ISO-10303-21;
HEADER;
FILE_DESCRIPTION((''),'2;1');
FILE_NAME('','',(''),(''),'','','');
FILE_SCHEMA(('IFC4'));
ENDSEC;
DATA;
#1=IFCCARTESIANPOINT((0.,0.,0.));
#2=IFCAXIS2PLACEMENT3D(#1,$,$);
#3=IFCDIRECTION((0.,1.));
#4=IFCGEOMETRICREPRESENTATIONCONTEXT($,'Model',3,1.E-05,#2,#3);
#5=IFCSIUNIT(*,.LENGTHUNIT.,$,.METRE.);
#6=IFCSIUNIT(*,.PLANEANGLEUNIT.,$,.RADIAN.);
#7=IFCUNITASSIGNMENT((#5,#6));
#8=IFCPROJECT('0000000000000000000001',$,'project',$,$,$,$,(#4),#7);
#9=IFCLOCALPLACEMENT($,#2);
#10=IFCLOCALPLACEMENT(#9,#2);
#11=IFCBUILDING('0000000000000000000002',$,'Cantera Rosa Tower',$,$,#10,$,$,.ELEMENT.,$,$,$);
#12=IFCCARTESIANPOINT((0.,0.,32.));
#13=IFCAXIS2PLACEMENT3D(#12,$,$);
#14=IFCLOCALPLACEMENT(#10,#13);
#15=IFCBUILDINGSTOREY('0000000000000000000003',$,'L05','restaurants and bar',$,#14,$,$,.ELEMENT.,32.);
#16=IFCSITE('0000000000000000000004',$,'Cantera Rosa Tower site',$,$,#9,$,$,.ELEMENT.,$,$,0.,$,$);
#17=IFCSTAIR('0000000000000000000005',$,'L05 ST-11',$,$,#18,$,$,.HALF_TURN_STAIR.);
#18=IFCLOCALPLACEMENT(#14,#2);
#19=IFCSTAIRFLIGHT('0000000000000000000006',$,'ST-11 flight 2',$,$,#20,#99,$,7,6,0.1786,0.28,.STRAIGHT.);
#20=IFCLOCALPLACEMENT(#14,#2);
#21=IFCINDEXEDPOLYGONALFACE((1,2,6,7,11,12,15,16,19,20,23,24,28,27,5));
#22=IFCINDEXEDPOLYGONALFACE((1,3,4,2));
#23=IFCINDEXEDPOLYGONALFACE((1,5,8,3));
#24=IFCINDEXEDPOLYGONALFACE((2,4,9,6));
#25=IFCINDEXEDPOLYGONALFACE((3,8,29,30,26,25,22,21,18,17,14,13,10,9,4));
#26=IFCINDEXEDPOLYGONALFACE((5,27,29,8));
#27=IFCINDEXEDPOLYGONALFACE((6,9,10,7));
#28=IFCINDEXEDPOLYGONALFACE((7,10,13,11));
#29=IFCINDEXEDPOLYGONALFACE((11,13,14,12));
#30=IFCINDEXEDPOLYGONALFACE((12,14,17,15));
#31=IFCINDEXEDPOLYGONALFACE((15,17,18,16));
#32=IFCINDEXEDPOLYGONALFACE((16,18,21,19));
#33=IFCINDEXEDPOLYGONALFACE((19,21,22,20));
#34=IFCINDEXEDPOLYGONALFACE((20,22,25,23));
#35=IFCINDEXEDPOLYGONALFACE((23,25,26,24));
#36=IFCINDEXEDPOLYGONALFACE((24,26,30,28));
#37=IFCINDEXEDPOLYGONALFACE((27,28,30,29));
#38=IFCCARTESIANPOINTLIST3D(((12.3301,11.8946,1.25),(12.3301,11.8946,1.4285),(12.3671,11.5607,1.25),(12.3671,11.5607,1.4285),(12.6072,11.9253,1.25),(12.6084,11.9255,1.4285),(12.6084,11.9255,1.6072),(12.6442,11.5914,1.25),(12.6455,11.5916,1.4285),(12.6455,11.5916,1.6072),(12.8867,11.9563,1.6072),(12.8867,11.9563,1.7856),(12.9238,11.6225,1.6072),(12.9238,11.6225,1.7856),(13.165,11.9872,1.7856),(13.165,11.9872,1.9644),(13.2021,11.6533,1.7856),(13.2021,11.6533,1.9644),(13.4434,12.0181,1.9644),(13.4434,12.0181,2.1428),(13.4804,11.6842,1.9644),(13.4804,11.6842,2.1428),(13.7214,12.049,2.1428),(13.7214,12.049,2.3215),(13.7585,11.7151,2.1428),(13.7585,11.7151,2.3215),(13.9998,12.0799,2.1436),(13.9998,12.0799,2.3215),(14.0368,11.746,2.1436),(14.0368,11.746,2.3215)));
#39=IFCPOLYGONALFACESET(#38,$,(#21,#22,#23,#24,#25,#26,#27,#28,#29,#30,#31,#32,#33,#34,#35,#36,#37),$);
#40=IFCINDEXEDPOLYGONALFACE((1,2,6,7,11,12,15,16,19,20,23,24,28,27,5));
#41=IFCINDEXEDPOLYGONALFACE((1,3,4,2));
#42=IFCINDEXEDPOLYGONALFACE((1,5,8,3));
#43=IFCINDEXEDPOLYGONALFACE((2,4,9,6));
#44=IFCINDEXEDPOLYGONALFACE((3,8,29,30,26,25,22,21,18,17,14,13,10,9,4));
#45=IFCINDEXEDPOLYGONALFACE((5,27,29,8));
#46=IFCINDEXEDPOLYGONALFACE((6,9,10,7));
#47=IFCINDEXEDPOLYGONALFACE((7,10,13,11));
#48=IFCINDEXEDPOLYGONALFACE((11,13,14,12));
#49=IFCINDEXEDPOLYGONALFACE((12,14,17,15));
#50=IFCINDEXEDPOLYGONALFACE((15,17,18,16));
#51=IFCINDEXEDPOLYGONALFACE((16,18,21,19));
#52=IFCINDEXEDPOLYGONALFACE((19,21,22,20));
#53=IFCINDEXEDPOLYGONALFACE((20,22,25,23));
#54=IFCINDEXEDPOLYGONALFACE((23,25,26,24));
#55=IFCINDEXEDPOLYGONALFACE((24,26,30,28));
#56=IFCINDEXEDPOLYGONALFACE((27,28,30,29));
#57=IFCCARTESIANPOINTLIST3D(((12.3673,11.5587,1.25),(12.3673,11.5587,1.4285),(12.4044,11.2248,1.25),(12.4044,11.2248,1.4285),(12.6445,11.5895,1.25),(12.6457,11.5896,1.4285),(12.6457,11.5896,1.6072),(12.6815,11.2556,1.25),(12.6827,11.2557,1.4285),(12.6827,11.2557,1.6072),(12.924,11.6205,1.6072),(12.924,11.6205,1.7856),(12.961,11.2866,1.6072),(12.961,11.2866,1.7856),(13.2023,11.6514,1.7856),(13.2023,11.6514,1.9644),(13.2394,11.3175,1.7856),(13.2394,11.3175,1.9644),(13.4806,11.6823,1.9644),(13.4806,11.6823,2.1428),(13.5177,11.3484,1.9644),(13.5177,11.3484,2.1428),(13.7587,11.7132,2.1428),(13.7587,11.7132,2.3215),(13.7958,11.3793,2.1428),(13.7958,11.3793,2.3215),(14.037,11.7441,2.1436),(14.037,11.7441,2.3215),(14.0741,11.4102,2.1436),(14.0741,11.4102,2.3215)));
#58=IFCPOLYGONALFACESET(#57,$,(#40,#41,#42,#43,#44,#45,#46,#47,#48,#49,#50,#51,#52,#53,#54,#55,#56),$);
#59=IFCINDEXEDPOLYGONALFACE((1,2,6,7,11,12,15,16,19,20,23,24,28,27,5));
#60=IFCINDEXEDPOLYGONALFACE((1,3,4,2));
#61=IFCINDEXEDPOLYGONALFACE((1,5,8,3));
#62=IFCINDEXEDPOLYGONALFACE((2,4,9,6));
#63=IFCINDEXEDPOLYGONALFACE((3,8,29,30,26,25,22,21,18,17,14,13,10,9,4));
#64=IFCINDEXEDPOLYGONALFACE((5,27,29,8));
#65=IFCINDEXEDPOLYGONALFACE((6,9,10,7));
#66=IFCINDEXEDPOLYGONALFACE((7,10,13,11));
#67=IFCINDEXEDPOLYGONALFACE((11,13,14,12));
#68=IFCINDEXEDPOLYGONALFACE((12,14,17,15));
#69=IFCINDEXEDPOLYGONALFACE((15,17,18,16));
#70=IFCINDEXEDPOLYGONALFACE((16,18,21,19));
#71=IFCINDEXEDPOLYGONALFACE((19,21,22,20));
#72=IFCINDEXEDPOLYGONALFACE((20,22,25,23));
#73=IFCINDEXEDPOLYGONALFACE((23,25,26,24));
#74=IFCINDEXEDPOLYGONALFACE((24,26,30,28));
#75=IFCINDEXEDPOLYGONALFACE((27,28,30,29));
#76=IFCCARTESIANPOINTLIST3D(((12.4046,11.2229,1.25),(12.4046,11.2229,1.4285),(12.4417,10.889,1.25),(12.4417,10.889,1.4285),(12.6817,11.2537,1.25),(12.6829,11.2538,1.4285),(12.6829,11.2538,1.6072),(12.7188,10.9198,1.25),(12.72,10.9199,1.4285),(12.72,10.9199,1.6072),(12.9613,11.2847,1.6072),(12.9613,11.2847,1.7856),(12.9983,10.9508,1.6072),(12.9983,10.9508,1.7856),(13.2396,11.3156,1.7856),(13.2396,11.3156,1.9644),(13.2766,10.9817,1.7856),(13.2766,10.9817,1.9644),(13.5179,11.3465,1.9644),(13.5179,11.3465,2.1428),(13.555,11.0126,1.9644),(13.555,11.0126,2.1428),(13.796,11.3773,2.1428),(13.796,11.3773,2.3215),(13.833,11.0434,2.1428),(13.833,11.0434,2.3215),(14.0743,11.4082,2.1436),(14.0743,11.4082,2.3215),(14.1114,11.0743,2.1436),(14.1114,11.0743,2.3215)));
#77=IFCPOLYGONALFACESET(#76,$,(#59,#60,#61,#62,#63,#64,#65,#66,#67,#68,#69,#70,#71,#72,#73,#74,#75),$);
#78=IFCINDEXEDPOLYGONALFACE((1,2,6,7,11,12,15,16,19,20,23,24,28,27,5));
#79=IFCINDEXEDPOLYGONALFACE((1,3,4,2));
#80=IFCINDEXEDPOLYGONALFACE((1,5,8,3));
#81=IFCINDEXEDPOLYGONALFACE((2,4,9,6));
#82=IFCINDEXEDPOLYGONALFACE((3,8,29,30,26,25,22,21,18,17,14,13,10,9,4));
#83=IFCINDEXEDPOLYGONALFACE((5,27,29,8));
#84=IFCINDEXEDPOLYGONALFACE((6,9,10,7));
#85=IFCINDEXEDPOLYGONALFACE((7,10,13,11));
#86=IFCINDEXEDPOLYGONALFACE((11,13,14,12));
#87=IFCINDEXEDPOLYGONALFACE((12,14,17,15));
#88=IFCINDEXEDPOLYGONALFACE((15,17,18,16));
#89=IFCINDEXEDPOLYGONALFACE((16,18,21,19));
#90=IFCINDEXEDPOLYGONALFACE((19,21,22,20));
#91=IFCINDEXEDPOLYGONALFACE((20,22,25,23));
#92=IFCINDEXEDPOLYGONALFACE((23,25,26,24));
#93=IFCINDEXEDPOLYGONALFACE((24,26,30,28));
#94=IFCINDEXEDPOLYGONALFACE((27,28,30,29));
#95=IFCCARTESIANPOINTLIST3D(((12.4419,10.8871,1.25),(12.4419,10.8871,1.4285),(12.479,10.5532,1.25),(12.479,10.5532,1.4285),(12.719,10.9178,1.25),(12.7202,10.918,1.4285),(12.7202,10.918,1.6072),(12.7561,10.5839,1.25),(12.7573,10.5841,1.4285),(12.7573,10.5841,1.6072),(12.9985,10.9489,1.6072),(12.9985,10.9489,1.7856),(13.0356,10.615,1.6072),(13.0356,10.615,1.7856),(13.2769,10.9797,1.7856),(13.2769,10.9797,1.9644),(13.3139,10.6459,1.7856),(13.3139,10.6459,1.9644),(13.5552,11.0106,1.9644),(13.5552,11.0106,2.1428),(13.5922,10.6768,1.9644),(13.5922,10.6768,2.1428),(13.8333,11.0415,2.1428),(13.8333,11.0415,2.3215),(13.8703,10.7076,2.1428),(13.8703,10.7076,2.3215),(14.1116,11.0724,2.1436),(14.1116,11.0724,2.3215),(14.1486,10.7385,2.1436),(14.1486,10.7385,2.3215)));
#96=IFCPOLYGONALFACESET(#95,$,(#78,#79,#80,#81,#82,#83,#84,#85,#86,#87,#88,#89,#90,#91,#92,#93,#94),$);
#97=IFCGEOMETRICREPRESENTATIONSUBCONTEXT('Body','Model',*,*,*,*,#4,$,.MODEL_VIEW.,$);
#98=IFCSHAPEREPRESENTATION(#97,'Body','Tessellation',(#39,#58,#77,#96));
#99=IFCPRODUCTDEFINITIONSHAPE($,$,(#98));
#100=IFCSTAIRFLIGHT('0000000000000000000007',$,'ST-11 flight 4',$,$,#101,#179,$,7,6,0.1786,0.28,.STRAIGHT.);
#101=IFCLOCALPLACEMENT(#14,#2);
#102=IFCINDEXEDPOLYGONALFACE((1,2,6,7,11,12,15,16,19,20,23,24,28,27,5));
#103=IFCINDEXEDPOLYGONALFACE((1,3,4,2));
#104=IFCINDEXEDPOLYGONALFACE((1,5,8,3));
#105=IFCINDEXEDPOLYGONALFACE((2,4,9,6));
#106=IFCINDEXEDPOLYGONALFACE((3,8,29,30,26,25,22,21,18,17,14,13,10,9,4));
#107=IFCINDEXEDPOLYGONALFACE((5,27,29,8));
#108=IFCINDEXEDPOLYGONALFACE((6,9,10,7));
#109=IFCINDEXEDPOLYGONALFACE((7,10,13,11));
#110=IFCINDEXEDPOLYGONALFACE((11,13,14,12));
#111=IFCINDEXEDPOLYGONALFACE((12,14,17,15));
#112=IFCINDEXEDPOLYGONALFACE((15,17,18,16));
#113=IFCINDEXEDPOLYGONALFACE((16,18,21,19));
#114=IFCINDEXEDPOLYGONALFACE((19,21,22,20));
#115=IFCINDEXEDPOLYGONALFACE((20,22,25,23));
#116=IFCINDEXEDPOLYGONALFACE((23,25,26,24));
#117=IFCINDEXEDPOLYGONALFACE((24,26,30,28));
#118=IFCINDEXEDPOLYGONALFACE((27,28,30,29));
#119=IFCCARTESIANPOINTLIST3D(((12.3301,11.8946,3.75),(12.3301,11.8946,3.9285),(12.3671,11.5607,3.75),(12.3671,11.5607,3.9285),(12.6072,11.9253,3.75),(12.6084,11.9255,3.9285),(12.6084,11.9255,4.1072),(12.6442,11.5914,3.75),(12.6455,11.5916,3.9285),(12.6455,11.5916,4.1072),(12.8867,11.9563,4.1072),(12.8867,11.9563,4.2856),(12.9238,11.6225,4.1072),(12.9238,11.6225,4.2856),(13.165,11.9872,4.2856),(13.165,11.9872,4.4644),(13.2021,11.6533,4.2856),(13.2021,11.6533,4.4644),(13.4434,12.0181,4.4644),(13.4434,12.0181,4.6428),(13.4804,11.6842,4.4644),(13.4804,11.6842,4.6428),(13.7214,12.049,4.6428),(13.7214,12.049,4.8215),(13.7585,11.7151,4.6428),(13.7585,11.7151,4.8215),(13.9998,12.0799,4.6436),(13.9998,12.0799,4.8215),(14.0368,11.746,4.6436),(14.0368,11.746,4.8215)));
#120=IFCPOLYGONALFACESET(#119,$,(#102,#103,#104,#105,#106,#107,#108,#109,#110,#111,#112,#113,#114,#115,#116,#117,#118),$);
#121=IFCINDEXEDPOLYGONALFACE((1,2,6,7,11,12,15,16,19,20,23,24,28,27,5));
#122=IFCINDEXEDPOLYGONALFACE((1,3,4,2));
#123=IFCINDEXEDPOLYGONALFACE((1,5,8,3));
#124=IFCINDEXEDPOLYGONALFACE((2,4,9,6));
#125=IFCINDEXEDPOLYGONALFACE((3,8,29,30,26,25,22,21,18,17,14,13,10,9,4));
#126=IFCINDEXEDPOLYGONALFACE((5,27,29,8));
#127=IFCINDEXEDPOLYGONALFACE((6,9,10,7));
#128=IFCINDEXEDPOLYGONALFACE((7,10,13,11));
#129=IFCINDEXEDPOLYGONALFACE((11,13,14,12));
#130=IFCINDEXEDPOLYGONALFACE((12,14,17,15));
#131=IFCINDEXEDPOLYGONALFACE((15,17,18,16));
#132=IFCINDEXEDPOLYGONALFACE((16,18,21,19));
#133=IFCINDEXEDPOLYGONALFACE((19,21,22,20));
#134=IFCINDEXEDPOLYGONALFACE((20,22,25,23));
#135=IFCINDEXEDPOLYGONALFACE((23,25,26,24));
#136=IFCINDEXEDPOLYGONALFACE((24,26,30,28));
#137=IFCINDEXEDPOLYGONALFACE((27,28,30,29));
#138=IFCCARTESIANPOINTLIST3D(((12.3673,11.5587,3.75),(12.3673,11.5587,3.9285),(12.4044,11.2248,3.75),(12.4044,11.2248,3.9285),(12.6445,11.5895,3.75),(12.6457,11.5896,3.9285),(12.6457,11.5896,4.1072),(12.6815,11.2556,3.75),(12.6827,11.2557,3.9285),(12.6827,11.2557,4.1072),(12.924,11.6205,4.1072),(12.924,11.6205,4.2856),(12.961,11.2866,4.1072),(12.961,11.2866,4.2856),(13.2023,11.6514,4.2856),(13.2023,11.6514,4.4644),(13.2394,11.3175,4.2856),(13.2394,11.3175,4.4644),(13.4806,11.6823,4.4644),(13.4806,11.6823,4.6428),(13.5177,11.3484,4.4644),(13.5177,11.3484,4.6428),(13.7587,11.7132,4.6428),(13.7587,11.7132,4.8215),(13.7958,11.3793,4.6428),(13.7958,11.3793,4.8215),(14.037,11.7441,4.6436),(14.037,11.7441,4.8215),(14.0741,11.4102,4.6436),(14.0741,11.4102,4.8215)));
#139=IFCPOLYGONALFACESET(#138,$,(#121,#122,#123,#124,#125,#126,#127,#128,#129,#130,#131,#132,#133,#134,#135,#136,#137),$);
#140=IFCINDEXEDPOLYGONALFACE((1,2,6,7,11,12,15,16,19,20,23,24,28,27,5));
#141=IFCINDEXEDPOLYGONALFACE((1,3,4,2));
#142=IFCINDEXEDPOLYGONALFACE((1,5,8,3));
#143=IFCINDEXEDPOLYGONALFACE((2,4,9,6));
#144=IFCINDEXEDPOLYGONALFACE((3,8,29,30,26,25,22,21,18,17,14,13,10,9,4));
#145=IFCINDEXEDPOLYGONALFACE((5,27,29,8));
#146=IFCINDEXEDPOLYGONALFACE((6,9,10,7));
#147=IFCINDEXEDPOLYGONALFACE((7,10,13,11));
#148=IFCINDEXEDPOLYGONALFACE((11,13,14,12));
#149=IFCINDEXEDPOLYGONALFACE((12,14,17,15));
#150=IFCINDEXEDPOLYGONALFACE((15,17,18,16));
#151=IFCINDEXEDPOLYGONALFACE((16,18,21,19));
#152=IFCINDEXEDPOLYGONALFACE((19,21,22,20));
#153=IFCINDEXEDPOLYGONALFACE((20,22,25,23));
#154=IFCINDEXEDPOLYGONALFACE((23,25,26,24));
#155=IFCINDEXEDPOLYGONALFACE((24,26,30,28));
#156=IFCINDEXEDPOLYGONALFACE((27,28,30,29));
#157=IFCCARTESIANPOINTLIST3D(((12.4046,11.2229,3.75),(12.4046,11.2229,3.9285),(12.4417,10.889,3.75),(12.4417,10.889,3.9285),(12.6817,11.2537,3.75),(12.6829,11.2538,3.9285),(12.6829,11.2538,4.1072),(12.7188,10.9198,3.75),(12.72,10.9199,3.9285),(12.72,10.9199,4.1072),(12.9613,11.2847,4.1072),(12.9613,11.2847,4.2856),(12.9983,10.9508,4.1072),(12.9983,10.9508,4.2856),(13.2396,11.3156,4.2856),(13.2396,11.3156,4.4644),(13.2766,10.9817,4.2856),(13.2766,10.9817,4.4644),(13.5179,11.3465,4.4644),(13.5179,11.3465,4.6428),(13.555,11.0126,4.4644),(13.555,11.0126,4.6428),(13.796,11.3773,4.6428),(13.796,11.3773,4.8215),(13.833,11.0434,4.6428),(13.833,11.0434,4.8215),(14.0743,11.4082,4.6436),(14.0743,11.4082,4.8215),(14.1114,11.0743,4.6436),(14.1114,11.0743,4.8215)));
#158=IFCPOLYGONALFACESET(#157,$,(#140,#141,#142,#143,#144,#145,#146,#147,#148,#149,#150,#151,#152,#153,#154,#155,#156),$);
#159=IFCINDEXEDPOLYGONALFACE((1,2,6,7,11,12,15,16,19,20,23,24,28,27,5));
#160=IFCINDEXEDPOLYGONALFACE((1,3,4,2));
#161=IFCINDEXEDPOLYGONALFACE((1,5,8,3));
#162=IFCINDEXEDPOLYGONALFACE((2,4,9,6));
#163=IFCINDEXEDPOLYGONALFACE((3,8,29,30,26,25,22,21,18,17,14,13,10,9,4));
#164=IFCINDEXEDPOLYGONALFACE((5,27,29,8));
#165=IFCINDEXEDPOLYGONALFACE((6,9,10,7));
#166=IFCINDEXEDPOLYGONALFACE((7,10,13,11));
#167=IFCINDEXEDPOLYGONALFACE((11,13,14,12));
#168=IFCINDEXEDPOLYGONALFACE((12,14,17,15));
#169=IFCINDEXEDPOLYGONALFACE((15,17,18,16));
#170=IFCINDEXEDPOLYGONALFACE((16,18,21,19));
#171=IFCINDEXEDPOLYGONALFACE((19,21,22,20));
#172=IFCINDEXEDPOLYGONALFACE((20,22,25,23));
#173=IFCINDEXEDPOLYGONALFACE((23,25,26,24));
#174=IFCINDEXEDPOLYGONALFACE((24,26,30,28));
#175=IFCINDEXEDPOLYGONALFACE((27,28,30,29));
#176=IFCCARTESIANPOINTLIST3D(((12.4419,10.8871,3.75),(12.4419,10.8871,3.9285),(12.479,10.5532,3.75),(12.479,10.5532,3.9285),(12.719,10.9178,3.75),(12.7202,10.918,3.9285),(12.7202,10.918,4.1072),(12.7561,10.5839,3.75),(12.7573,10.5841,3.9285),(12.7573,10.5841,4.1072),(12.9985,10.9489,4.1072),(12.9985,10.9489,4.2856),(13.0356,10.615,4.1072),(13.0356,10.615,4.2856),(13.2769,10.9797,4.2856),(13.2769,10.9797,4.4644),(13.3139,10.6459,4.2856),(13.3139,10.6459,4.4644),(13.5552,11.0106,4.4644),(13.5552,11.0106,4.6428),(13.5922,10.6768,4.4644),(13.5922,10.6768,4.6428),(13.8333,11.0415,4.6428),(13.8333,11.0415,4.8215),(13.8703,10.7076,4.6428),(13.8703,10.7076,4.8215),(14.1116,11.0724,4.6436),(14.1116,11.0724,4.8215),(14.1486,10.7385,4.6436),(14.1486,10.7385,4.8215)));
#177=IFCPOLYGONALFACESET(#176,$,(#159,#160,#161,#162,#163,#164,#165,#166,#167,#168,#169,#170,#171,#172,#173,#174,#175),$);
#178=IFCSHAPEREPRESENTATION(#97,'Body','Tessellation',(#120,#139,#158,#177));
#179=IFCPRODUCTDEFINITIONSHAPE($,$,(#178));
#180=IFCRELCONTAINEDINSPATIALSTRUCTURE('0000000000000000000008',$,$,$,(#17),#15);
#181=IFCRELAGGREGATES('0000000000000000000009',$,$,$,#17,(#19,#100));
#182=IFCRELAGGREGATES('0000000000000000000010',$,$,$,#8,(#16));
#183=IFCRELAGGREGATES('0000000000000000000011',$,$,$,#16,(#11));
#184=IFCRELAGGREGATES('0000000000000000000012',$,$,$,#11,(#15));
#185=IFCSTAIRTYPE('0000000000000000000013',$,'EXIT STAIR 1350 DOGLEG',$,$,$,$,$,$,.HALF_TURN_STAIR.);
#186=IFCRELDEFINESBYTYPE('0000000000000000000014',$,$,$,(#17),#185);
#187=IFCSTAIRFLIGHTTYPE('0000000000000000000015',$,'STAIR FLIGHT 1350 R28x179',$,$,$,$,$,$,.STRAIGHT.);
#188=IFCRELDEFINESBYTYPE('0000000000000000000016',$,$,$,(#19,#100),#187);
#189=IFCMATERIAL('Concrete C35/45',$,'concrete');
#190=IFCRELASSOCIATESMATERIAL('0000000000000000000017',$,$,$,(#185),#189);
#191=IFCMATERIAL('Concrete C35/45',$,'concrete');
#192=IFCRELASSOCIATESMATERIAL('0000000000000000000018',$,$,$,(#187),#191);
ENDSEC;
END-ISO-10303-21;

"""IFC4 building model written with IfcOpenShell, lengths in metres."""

from ifc_helpers import new_model, si_unit, direction, frame, origin, place, context, subcontext, project, spatial, polyline, outline, extrude, material, type_object, element, aggregate, save


model = new_model("IFC4")

# Units and contexts
model_context = context("Model", 3, precision=1e-05, world=origin(), true_north=direction((0.0, 1.0)))
body_context = subcontext(model_context, "Body", "Model", "MODEL_VIEW")
ifc_project = project(units=[si_unit("LENGTHUNIT", "METRE"), si_unit("PLANEANGLEUNIT", "RADIAN")], contexts=[model_context])

# Site, building, storey
site_placement = place(None, origin())
site = spatial("IfcSite", under=ifc_project, at=site_placement, Name="Cantera Rosa Tower site", CompositionType="ELEMENT", RefElevation=0.0)
building_placement = place(site_placement, origin())
building = spatial("IfcBuilding", under=site, at=building_placement, Name="Cantera Rosa Tower", CompositionType="ELEMENT")
storey_placement = place(building_placement, frame((0.0, 0.0, 32.0)))
storey = spatial("IfcBuildingStorey", under=building, at=storey_placement, Name="L05", Description="restaurants and bar", CompositionType="ELEMENT", Elevation=32.0)

# Stair, stair flights
ifc_material_1 = material(Name="Concrete C35/45", Category="concrete")
stair_type = type_object("IfcStairType", Name="EXIT STAIR 1350 DOGLEG", PredefinedType="HALF_TURN_STAIR", material=ifc_material_1)
stair_placement = place(storey_placement, origin())
stair = element("IfcStair", 1, at=stair_placement, inside=storey, type_object=stair_type, Name="L05 ST-11", PredefinedType="HALF_TURN_STAIR")
ifc_material_2 = material(Name="Concrete C35/45", Category="concrete")
stair_flight_type = type_object("IfcStairFlightType", Name="STAIR FLIGHT 1350 R28x179", PredefinedType="STRAIGHT", material=ifc_material_2)
stair_flight_1_placement = place(storey_placement, frame((12.4045, 11.2236, 1.25), z_axis=(0.0, 0.0, 1.0), x_axis=(0.993897, 0.110313, 0.0)))
stair_flight_1 = element("IfcStairFlight", 2, at=stair_flight_1_placement, type_object=stair_flight_type, Name="ST-11 flight 2", NumberOfRisers=7, NumberOfTreads=6, PredefinedType="STRAIGHT", RiserHeight=0.1786, TreadLength=0.28, context=body_context, shape_type="SweptSolid", body=[
    extrude(outline(polyline([(0.0, 0.0), (0.0, 0.1785), (0.28, 0.1785), (0.28, 0.3572), (0.5601, 0.3572), (0.5601, 0.5356), (0.8401, 0.5356), (0.8401, 0.7144), (1.1201, 0.7144), (1.1201, 0.8928), (1.3999, 0.8928), (1.3999, 1.0715), (1.6799, 1.0715), (1.6799, 1.25), (1.6799, 0.8936), (0.2788, 0.0), (0.0, 0.0)])), frame((0.0, 0.675, 0.0), z_axis=(0.0, -1.0, 0.0), x_axis=(1.0, 0.0, 0.0)), (0.0, 0.0, 1.0), 0.3359),
    extrude(outline(polyline([(0.0, 0.0), (0.0, 0.1785), (0.28, 0.1785), (0.28, 0.3572), (0.5601, 0.3572), (0.5601, 0.5356), (0.8401, 0.5356), (0.8401, 0.7144), (1.1201, 0.7144), (1.1201, 0.8928), (1.3999, 0.8928), (1.3999, 1.0715), (1.6799, 1.0715), (1.6799, 1.25), (1.6799, 0.8936), (0.2788, 0.0), (0.0, 0.0)])), frame((0.0, 0.3372, 0.0), z_axis=(0.0, -1.0, 0.0), x_axis=(1.0, 0.0, 0.0)), (0.0, 0.0, 1.0), 0.3359),
    extrude(outline(polyline([(0.0, 0.0), (0.0, 0.1785), (0.28, 0.1785), (0.28, 0.3572), (0.5601, 0.3572), (0.5601, 0.5356), (0.8401, 0.5356), (0.8401, 0.7144), (1.1201, 0.7144), (1.1201, 0.8928), (1.3999, 0.8928), (1.3999, 1.0715), (1.6799, 1.0715), (1.6799, 1.25), (1.6799, 0.8936), (0.2788, 0.0), (0.0, 0.0)])), frame((0.0, -0.0007, 0.0), z_axis=(0.0, -1.0, 0.0), x_axis=(1.0, 0.0, 0.0)), (0.0, 0.0, 1.0), 0.3359),
    extrude(outline(polyline([(0.0, 0.0), (0.0, 0.1785), (0.28, 0.1785), (0.28, 0.3572), (0.5601, 0.3572), (0.5601, 0.5356), (0.8401, 0.5356), (0.8401, 0.7144), (1.1201, 0.7144), (1.1201, 0.8928), (1.3999, 0.8928), (1.3999, 1.0715), (1.6799, 1.0715), (1.6799, 1.25), (1.6799, 0.8936), (0.2788, 0.0), (0.0, 0.0)])), frame((0.0, -0.3386, 0.0), z_axis=(0.0, -1.0, 0.0), x_axis=(1.0, 0.0, 0.0)), (0.0, 0.0, 1.0), 0.3359),
])
stair_flight_2_placement = place(storey_placement, frame((12.4045, 11.2236, 3.75), z_axis=(0.0, 0.0, 1.0), x_axis=(0.993897, 0.110313, 0.0)))
stair_flight_2 = element("IfcStairFlight", 3, at=stair_flight_2_placement, type_object=stair_flight_type, Name="ST-11 flight 4", NumberOfRisers=7, NumberOfTreads=6, PredefinedType="STRAIGHT", RiserHeight=0.1786, TreadLength=0.28, context=body_context, shape_type="SweptSolid", body=[
    extrude(outline(polyline([(0.0, 0.0), (0.0, 0.1785), (0.28, 0.1785), (0.28, 0.3572), (0.5601, 0.3572), (0.5601, 0.5356), (0.8401, 0.5356), (0.8401, 0.7144), (1.1201, 0.7144), (1.1201, 0.8928), (1.3999, 0.8928), (1.3999, 1.0715), (1.6799, 1.0715), (1.6799, 1.25), (1.6799, 0.8936), (0.2788, 0.0), (0.0, 0.0)])), frame((0.0, 0.675, 0.0), z_axis=(0.0, -1.0, 0.0), x_axis=(1.0, 0.0, 0.0)), (0.0, 0.0, 1.0), 0.3359),
    extrude(outline(polyline([(0.0, 0.0), (0.0, 0.1785), (0.28, 0.1785), (0.28, 0.3572), (0.5601, 0.3572), (0.5601, 0.5356), (0.8401, 0.5356), (0.8401, 0.7144), (1.1201, 0.7144), (1.1201, 0.8928), (1.3999, 0.8928), (1.3999, 1.0715), (1.6799, 1.0715), (1.6799, 1.25), (1.6799, 0.8936), (0.2788, 0.0), (0.0, 0.0)])), frame((0.0, 0.3372, 0.0), z_axis=(0.0, -1.0, 0.0), x_axis=(1.0, 0.0, 0.0)), (0.0, 0.0, 1.0), 0.3359),
    extrude(outline(polyline([(0.0, 0.0), (0.0, 0.1785), (0.28, 0.1785), (0.28, 0.3572), (0.5601, 0.3572), (0.5601, 0.5356), (0.8401, 0.5356), (0.8401, 0.7144), (1.1201, 0.7144), (1.1201, 0.8928), (1.3999, 0.8928), (1.3999, 1.0715), (1.6799, 1.0715), (1.6799, 1.25), (1.6799, 0.8936), (0.2788, 0.0), (0.0, 0.0)])), frame((0.0, -0.0007, 0.0), z_axis=(0.0, -1.0, 0.0), x_axis=(1.0, 0.0, 0.0)), (0.0, 0.0, 1.0), 0.3359),
    extrude(outline(polyline([(0.0, 0.0), (0.0, 0.1785), (0.28, 0.1785), (0.28, 0.3572), (0.5601, 0.3572), (0.5601, 0.5356), (0.8401, 0.5356), (0.8401, 0.7144), (1.1201, 0.7144), (1.1201, 0.8928), (1.3999, 0.8928), (1.3999, 1.0715), (1.6799, 1.0715), (1.6799, 1.25), (1.6799, 0.8936), (0.2788, 0.0), (0.0, 0.0)])), frame((0.0, -0.3386, 0.0), z_axis=(0.0, -1.0, 0.0), x_axis=(1.0, 0.0, 0.0)), (0.0, 0.0, 1.0), 0.3359),
])
aggregate(stair, [stair_flight_1, stair_flight_2])

save(model, "model.ifc")
